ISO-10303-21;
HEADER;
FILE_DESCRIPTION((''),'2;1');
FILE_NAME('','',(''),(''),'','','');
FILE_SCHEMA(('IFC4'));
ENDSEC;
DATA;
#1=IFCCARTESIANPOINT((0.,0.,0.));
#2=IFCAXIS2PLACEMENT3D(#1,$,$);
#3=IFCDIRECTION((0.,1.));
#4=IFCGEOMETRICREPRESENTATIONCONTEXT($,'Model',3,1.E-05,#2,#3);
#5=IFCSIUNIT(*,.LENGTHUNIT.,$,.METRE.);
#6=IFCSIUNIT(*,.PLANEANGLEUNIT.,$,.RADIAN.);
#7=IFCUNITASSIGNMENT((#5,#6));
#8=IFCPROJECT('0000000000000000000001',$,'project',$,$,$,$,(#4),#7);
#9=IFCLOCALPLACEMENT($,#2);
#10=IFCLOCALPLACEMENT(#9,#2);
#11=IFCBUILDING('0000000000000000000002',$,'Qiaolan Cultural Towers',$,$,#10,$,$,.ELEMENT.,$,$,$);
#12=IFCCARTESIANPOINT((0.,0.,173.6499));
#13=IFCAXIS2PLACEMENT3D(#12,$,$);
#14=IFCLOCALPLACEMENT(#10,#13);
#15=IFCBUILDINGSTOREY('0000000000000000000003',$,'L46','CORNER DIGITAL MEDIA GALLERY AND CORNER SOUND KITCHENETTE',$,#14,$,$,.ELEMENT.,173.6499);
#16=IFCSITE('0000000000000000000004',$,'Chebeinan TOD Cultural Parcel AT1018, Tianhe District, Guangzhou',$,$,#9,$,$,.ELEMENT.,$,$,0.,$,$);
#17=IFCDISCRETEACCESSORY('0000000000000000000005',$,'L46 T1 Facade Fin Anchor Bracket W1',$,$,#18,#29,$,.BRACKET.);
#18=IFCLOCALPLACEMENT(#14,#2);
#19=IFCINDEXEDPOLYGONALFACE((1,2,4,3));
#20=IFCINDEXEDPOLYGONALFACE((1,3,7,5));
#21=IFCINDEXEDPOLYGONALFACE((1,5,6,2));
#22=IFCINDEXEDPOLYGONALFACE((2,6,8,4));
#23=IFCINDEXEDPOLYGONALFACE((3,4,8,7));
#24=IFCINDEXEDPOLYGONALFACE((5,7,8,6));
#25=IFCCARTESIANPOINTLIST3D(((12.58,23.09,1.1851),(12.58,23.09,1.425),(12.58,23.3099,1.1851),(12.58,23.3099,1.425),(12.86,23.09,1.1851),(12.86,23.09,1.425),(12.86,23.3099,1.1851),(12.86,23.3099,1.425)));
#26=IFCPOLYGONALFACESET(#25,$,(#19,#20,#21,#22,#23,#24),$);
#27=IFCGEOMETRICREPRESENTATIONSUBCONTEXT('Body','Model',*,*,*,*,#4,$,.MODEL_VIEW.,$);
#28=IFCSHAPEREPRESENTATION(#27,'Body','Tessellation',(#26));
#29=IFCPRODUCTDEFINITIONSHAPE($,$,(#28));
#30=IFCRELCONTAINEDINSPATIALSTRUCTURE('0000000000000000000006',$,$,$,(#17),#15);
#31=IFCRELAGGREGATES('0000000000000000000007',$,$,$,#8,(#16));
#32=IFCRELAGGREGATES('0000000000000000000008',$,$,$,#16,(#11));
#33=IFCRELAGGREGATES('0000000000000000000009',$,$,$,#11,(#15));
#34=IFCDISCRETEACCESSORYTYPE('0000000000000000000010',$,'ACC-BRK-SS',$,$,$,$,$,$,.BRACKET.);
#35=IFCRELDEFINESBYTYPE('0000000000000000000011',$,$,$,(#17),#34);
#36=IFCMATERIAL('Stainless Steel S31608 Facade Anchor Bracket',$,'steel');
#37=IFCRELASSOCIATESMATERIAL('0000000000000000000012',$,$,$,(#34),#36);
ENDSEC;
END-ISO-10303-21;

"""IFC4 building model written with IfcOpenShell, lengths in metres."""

from ifc_helpers import new_model, si_unit, direction, frame, origin, origin_2d, place, context, subcontext, project, spatial, rectangle, extrude, material, type_object, element, save


model = new_model("IFC4")

# Units and contexts
model_context = context("Model", 3, precision=1e-05, world=origin(), true_north=direction((0.0, 1.0)))
body_context = subcontext(model_context, "Body", "Model", "MODEL_VIEW")
ifc_project = project(units=[si_unit("LENGTHUNIT", "METRE"), si_unit("PLANEANGLEUNIT", "RADIAN")], contexts=[model_context])

# Site, building, storey
site_placement = place(None, origin())
site = spatial("IfcSite", under=ifc_project, at=site_placement, Name="Chebeinan TOD Cultural Parcel AT1018, Tianhe District, Guangzhou", CompositionType="ELEMENT", RefElevation=0.0)
building_placement = place(site_placement, origin())
building = spatial("IfcBuilding", under=site, at=building_placement, Name="Qiaolan Cultural Towers", CompositionType="ELEMENT")
storey_placement = place(building_placement, frame((0.0, 0.0, 173.6499)))
storey = spatial("IfcBuildingStorey", under=building, at=storey_placement, Name="L46", Description="CORNER DIGITAL MEDIA GALLERY AND CORNER SOUND KITCHENETTE", CompositionType="ELEMENT", Elevation=173.6499)

# Discrete accessory
ifc_material_1 = material(Name="Stainless Steel S31608 Facade Anchor Bracket", Category="steel")
discrete_accessory_type = type_object("IfcDiscreteAccessoryType", Name="ACC-BRK-SS", PredefinedType="BRACKET", material=ifc_material_1)
discrete_accessory_placement = place(storey_placement, frame((12.72, 23.2, 1.1851), z_axis=(0.0, 0.0, 1.0), x_axis=(1.0, 0.0, 0.0)))
element("IfcDiscreteAccessory", 1, at=discrete_accessory_placement, inside=storey, type_object=discrete_accessory_type, Name="L46 T1 Facade Fin Anchor Bracket W1", PredefinedType="BRACKET", context=body_context, shape_type="SweptSolid", body=[
    extrude(rectangle(XDim=0.28, YDim=0.22, at=origin_2d()), origin(), (0.0, 0.0, 1.0), 0.24),
])

save(model, "model.ifc")
